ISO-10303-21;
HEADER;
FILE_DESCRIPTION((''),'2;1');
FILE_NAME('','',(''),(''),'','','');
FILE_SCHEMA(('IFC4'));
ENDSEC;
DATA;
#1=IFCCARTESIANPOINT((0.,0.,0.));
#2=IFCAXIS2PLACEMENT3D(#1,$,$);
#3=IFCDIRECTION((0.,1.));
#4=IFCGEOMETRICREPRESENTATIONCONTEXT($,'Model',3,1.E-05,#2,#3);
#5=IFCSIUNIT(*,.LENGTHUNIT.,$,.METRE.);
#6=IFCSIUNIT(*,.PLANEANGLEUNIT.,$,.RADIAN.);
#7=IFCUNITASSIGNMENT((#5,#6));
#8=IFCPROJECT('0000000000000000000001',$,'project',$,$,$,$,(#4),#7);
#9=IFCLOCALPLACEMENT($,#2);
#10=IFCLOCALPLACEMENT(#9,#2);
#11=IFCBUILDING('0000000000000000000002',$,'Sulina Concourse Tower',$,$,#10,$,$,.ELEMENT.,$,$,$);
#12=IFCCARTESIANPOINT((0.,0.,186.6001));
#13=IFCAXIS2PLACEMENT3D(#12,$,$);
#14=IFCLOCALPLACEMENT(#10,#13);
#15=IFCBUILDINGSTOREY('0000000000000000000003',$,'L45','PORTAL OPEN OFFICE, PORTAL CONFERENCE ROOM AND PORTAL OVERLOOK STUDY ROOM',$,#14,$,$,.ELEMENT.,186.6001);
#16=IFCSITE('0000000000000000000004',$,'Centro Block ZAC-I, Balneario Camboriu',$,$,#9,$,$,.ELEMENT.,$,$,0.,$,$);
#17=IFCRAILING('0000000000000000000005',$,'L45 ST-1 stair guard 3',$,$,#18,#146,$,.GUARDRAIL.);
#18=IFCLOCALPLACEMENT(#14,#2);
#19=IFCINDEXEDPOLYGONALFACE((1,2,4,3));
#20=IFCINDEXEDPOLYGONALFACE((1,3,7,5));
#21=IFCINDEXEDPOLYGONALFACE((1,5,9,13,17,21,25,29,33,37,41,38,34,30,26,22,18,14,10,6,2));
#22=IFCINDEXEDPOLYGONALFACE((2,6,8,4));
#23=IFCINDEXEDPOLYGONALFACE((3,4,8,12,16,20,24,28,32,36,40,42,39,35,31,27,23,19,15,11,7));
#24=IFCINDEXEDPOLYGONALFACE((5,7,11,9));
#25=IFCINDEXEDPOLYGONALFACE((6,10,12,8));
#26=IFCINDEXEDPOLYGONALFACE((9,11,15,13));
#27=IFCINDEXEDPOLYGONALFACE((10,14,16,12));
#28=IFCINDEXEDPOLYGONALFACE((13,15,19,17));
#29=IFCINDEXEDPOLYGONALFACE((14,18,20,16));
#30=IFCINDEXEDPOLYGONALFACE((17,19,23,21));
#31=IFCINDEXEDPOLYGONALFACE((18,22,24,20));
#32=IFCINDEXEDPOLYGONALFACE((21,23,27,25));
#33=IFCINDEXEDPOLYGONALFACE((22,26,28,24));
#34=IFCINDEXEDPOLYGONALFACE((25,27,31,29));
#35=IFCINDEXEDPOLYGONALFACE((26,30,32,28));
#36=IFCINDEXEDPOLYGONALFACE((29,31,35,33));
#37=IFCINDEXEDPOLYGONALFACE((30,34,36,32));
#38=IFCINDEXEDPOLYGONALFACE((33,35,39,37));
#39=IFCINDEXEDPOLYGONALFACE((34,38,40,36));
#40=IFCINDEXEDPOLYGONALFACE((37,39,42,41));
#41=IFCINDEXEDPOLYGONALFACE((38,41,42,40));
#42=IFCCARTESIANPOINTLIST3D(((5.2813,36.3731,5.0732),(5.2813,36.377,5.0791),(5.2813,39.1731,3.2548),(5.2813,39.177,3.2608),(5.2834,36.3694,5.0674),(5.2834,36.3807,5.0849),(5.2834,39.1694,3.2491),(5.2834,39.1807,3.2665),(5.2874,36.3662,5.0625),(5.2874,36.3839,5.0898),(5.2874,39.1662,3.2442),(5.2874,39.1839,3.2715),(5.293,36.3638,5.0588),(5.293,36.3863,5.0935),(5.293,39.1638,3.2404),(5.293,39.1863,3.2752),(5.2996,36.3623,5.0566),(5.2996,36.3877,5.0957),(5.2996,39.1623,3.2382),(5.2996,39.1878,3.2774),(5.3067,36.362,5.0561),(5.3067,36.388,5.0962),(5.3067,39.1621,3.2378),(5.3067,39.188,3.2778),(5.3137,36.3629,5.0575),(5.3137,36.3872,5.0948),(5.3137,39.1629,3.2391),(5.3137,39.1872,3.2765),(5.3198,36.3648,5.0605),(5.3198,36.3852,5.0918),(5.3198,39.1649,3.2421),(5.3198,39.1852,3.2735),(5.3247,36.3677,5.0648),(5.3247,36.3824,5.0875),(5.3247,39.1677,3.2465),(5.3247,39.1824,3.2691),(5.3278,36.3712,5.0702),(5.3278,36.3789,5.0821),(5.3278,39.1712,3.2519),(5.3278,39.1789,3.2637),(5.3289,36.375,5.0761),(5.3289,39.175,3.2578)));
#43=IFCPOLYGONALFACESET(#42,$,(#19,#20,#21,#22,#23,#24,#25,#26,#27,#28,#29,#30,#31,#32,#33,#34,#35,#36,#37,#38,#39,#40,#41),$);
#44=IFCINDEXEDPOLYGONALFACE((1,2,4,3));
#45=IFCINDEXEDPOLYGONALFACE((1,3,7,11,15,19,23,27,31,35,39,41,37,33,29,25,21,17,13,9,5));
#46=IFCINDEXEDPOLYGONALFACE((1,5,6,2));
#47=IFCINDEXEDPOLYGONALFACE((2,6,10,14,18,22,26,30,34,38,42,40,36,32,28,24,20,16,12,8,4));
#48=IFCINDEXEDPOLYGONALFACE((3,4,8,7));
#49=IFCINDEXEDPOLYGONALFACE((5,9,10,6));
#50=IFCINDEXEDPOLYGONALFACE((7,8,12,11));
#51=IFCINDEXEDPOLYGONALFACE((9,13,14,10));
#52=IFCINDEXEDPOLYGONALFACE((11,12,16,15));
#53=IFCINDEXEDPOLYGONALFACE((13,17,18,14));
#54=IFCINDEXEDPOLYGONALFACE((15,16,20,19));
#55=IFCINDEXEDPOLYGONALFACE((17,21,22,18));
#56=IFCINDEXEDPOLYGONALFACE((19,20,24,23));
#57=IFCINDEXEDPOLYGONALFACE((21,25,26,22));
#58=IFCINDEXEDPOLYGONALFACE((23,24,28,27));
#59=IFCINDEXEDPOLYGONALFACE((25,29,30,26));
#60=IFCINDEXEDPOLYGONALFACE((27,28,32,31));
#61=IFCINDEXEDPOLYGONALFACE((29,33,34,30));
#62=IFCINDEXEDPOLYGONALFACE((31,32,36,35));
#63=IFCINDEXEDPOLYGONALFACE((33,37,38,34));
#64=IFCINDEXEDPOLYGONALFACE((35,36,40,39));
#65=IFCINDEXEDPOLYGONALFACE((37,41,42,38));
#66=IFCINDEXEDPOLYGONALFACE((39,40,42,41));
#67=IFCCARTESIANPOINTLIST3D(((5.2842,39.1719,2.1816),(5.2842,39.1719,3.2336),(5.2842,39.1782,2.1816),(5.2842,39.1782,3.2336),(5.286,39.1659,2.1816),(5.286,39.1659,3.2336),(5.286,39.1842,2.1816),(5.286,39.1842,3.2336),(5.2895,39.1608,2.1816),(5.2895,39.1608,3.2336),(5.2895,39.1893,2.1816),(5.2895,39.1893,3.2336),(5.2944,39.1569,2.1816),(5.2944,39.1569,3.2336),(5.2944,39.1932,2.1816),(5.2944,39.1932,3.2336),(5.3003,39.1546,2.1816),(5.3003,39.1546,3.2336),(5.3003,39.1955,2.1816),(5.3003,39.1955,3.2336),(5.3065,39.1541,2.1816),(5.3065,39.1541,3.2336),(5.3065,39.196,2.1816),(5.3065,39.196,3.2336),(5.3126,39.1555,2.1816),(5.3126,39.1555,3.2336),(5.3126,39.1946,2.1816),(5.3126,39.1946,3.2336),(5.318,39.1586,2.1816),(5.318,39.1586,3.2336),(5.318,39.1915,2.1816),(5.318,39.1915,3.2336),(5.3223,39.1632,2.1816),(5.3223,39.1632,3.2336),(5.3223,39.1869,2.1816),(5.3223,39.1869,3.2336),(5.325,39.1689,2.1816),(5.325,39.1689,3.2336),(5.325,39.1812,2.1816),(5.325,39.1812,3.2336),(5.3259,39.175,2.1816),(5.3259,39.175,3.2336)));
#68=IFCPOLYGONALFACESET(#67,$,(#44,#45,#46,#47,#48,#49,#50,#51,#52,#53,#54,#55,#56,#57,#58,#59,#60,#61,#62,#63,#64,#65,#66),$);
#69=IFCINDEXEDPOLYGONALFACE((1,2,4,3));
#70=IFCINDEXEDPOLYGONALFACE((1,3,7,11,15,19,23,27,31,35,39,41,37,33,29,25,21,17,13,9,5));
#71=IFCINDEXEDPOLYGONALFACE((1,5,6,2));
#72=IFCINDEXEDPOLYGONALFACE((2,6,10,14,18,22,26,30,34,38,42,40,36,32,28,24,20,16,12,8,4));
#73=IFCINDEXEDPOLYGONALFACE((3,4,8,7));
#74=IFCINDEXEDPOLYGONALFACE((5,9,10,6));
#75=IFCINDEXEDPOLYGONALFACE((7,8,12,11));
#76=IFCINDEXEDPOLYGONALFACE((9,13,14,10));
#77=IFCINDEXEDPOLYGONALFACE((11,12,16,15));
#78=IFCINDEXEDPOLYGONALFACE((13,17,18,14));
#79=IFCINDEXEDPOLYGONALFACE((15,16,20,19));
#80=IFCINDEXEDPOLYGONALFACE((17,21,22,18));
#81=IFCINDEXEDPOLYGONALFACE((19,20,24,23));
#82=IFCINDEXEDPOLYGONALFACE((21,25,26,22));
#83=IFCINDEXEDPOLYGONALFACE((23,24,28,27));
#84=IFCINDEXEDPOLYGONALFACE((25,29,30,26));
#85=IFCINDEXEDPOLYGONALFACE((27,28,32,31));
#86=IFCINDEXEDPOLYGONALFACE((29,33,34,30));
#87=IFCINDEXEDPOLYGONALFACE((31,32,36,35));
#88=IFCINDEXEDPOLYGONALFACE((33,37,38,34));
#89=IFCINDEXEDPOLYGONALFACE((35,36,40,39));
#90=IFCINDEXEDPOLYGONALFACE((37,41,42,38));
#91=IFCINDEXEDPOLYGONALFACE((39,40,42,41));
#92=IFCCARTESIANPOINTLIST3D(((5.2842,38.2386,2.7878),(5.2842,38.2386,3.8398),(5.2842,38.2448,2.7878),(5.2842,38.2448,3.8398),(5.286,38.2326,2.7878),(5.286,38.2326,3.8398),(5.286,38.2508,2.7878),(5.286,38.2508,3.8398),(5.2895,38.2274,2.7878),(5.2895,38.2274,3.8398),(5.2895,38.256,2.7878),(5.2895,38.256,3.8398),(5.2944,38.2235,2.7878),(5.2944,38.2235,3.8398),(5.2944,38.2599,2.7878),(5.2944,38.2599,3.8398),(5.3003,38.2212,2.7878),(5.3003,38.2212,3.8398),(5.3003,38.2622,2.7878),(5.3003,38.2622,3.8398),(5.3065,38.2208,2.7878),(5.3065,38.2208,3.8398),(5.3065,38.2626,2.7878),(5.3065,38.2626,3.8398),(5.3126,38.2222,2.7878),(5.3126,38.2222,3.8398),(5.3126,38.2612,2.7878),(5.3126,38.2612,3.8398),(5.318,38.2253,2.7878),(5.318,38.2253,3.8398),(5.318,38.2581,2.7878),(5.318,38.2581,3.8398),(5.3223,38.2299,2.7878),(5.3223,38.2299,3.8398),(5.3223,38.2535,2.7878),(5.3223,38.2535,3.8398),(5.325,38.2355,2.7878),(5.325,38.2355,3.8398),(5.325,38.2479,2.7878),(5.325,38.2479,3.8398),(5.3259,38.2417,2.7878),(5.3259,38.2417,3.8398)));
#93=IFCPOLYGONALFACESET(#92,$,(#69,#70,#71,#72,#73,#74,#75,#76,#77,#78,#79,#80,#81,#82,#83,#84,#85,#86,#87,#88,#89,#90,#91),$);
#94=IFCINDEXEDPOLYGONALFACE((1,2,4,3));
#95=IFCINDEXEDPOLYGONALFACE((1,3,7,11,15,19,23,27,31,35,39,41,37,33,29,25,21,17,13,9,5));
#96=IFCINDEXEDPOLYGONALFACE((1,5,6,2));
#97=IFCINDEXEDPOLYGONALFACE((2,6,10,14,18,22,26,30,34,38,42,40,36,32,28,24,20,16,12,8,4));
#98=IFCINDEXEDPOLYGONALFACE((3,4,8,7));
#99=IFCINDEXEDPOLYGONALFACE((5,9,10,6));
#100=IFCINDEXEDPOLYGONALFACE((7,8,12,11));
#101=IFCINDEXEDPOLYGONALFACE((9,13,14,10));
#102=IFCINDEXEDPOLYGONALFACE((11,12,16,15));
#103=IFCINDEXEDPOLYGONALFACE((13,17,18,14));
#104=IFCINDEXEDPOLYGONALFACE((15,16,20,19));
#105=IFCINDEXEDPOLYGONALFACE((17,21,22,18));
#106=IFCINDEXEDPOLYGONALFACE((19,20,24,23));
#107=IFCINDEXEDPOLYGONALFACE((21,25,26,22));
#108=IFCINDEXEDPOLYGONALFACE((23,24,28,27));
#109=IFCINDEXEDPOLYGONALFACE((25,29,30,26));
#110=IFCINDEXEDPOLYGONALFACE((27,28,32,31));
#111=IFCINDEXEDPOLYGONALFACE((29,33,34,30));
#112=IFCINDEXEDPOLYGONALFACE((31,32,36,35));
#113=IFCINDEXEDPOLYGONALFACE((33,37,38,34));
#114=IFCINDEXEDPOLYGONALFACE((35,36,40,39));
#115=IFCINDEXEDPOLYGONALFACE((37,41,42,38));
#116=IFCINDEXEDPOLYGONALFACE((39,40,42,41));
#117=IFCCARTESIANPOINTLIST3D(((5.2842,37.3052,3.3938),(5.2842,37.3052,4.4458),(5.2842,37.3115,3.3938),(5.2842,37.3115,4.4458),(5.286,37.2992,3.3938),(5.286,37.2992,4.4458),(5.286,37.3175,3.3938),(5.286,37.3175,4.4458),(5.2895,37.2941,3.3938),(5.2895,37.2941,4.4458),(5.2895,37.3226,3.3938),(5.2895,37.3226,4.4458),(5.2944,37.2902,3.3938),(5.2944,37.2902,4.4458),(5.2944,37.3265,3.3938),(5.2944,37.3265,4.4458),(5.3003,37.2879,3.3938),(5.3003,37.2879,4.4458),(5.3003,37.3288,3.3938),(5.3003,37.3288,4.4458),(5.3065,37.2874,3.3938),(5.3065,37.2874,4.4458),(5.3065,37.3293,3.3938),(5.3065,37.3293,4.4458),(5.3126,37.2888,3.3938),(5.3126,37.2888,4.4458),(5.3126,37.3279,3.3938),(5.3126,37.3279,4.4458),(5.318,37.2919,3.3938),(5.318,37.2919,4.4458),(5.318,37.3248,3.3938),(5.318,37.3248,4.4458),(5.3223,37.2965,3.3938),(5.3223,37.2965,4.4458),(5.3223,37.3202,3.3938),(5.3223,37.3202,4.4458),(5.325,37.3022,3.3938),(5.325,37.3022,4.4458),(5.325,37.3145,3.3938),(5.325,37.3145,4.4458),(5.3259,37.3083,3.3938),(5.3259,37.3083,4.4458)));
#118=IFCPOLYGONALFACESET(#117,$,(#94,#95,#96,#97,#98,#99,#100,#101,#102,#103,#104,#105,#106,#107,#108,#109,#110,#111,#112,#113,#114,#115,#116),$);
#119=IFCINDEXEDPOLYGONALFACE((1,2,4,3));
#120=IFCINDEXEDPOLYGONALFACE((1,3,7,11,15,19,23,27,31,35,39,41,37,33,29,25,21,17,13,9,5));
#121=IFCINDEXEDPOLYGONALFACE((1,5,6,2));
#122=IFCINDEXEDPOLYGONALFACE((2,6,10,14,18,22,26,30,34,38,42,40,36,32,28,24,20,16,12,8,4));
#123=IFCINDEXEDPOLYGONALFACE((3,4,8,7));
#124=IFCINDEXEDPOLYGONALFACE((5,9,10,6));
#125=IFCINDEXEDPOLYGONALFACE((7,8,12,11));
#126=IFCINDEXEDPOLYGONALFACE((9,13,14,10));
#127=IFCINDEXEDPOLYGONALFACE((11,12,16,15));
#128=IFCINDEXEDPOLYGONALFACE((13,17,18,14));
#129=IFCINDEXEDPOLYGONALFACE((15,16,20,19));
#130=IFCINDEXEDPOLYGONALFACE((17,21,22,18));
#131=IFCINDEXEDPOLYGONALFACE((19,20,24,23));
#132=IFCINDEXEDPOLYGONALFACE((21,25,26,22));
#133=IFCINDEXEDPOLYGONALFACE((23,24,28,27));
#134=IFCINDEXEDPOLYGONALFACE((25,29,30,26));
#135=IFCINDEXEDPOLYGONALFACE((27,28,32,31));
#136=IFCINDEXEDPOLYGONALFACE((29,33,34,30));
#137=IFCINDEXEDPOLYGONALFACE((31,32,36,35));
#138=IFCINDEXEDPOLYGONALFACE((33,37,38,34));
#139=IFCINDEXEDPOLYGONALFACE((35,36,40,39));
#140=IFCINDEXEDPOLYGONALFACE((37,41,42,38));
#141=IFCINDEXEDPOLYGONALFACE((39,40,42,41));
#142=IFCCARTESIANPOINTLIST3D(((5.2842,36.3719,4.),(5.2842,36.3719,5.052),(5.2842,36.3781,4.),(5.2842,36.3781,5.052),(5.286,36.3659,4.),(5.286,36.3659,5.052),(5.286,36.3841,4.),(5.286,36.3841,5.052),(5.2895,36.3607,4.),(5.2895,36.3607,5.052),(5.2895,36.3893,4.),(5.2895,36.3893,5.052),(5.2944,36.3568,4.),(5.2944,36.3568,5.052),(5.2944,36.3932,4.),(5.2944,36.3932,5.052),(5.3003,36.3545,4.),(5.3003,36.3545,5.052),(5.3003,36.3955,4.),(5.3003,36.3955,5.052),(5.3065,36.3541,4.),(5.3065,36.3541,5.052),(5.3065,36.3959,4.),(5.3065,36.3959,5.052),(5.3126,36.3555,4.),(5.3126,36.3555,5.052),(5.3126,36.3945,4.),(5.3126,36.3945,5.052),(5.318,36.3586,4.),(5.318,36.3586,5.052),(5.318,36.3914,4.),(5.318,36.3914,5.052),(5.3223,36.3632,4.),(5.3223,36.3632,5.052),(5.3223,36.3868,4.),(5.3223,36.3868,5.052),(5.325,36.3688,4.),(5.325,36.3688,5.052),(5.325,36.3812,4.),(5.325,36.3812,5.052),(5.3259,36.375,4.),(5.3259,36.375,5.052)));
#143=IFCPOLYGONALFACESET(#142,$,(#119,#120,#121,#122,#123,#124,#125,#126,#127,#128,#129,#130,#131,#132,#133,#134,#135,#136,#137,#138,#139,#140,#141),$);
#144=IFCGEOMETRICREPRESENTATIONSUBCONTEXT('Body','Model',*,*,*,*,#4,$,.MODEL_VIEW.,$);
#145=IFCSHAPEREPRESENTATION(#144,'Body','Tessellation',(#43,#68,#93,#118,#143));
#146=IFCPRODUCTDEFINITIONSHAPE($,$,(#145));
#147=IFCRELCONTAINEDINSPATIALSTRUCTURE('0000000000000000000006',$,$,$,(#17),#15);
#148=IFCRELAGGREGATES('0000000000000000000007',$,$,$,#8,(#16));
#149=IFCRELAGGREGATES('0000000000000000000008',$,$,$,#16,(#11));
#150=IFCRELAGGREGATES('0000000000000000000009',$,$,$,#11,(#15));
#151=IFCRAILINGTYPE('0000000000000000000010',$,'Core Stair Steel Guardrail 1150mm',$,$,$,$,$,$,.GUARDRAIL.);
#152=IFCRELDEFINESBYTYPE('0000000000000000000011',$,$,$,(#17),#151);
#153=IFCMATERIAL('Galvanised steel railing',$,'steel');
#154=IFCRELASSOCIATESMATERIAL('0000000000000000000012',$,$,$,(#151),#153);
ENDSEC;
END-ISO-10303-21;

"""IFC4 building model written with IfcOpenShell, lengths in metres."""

from ifc_helpers import new_model, si_unit, direction, frame, origin, origin_2d, place, context, subcontext, project, spatial, circle, extrude, material, type_object, element, save


model = new_model("IFC4")

# Units and contexts
model_context = context("Model", 3, precision=1e-05, world=origin(), true_north=direction((0.0, 1.0)))
body_context = subcontext(model_context, "Body", "Model", "MODEL_VIEW")
ifc_project = project(units=[si_unit("LENGTHUNIT", "METRE"), si_unit("PLANEANGLEUNIT", "RADIAN")], contexts=[model_context])

# Site, building, storey
site_placement = place(None, origin())
site = spatial("IfcSite", under=ifc_project, at=site_placement, Name="Centro Block ZAC-I, Balneario Camboriu", CompositionType="ELEMENT", RefElevation=0.0)
building_placement = place(site_placement, origin())
building = spatial("IfcBuilding", under=site, at=building_placement, Name="Sulina Concourse Tower", CompositionType="ELEMENT")
storey_placement = place(building_placement, frame((0.0, 0.0, 186.6001)))
storey = spatial("IfcBuildingStorey", under=building, at=storey_placement, Name="L45", Description="PORTAL OPEN OFFICE, PORTAL CONFERENCE ROOM AND PORTAL OVERLOOK STUDY ROOM", CompositionType="ELEMENT", Elevation=186.6001)

# Railing
ifc_material_1 = material(Name="Galvanised steel railing", Category="steel")
railing_type_1 = type_object("IfcRailingType", Name="Core Stair Steel Guardrail 1150mm", PredefinedType="GUARDRAIL", material=ifc_material_1)
railing_1_placement = place(storey_placement, frame((5.3049, 39.175, 2.1816)))
element("IfcRailing", 1, at=railing_1_placement, inside=storey, type_object=railing_type_1, Name="L45 ST-1 stair guard 3", PredefinedType="GUARDRAIL", context=body_context, shape_type="SweptSolid", body=[
    extrude(circle(Radius=0.0239, at=origin_2d()), frame((0.0, 0.0, 1.0762), z_axis=(0.0, -0.838672, 0.544636), x_axis=(1.0, 0.0, 0.0)), (0.0, 0.0, 1.0), 3.3386),
    extrude(circle(Radius=0.021, at=origin_2d()), origin(), (0.0, 0.0, 1.0), 1.052),
    extrude(circle(Radius=0.021, at=origin_2d()), frame((0.0, -0.9333, 0.6062)), (0.0, 0.0, 1.0), 1.052),
    extrude(circle(Radius=0.021, at=origin_2d()), frame((0.0, -1.8667, 1.2122)), (0.0, 0.0, 1.0), 1.052),
    extrude(circle(Radius=0.021, at=origin_2d()), frame((0.0, -2.8, 1.8184)), (0.0, 0.0, 1.0), 1.052),
])

save(model, "model.ifc")
